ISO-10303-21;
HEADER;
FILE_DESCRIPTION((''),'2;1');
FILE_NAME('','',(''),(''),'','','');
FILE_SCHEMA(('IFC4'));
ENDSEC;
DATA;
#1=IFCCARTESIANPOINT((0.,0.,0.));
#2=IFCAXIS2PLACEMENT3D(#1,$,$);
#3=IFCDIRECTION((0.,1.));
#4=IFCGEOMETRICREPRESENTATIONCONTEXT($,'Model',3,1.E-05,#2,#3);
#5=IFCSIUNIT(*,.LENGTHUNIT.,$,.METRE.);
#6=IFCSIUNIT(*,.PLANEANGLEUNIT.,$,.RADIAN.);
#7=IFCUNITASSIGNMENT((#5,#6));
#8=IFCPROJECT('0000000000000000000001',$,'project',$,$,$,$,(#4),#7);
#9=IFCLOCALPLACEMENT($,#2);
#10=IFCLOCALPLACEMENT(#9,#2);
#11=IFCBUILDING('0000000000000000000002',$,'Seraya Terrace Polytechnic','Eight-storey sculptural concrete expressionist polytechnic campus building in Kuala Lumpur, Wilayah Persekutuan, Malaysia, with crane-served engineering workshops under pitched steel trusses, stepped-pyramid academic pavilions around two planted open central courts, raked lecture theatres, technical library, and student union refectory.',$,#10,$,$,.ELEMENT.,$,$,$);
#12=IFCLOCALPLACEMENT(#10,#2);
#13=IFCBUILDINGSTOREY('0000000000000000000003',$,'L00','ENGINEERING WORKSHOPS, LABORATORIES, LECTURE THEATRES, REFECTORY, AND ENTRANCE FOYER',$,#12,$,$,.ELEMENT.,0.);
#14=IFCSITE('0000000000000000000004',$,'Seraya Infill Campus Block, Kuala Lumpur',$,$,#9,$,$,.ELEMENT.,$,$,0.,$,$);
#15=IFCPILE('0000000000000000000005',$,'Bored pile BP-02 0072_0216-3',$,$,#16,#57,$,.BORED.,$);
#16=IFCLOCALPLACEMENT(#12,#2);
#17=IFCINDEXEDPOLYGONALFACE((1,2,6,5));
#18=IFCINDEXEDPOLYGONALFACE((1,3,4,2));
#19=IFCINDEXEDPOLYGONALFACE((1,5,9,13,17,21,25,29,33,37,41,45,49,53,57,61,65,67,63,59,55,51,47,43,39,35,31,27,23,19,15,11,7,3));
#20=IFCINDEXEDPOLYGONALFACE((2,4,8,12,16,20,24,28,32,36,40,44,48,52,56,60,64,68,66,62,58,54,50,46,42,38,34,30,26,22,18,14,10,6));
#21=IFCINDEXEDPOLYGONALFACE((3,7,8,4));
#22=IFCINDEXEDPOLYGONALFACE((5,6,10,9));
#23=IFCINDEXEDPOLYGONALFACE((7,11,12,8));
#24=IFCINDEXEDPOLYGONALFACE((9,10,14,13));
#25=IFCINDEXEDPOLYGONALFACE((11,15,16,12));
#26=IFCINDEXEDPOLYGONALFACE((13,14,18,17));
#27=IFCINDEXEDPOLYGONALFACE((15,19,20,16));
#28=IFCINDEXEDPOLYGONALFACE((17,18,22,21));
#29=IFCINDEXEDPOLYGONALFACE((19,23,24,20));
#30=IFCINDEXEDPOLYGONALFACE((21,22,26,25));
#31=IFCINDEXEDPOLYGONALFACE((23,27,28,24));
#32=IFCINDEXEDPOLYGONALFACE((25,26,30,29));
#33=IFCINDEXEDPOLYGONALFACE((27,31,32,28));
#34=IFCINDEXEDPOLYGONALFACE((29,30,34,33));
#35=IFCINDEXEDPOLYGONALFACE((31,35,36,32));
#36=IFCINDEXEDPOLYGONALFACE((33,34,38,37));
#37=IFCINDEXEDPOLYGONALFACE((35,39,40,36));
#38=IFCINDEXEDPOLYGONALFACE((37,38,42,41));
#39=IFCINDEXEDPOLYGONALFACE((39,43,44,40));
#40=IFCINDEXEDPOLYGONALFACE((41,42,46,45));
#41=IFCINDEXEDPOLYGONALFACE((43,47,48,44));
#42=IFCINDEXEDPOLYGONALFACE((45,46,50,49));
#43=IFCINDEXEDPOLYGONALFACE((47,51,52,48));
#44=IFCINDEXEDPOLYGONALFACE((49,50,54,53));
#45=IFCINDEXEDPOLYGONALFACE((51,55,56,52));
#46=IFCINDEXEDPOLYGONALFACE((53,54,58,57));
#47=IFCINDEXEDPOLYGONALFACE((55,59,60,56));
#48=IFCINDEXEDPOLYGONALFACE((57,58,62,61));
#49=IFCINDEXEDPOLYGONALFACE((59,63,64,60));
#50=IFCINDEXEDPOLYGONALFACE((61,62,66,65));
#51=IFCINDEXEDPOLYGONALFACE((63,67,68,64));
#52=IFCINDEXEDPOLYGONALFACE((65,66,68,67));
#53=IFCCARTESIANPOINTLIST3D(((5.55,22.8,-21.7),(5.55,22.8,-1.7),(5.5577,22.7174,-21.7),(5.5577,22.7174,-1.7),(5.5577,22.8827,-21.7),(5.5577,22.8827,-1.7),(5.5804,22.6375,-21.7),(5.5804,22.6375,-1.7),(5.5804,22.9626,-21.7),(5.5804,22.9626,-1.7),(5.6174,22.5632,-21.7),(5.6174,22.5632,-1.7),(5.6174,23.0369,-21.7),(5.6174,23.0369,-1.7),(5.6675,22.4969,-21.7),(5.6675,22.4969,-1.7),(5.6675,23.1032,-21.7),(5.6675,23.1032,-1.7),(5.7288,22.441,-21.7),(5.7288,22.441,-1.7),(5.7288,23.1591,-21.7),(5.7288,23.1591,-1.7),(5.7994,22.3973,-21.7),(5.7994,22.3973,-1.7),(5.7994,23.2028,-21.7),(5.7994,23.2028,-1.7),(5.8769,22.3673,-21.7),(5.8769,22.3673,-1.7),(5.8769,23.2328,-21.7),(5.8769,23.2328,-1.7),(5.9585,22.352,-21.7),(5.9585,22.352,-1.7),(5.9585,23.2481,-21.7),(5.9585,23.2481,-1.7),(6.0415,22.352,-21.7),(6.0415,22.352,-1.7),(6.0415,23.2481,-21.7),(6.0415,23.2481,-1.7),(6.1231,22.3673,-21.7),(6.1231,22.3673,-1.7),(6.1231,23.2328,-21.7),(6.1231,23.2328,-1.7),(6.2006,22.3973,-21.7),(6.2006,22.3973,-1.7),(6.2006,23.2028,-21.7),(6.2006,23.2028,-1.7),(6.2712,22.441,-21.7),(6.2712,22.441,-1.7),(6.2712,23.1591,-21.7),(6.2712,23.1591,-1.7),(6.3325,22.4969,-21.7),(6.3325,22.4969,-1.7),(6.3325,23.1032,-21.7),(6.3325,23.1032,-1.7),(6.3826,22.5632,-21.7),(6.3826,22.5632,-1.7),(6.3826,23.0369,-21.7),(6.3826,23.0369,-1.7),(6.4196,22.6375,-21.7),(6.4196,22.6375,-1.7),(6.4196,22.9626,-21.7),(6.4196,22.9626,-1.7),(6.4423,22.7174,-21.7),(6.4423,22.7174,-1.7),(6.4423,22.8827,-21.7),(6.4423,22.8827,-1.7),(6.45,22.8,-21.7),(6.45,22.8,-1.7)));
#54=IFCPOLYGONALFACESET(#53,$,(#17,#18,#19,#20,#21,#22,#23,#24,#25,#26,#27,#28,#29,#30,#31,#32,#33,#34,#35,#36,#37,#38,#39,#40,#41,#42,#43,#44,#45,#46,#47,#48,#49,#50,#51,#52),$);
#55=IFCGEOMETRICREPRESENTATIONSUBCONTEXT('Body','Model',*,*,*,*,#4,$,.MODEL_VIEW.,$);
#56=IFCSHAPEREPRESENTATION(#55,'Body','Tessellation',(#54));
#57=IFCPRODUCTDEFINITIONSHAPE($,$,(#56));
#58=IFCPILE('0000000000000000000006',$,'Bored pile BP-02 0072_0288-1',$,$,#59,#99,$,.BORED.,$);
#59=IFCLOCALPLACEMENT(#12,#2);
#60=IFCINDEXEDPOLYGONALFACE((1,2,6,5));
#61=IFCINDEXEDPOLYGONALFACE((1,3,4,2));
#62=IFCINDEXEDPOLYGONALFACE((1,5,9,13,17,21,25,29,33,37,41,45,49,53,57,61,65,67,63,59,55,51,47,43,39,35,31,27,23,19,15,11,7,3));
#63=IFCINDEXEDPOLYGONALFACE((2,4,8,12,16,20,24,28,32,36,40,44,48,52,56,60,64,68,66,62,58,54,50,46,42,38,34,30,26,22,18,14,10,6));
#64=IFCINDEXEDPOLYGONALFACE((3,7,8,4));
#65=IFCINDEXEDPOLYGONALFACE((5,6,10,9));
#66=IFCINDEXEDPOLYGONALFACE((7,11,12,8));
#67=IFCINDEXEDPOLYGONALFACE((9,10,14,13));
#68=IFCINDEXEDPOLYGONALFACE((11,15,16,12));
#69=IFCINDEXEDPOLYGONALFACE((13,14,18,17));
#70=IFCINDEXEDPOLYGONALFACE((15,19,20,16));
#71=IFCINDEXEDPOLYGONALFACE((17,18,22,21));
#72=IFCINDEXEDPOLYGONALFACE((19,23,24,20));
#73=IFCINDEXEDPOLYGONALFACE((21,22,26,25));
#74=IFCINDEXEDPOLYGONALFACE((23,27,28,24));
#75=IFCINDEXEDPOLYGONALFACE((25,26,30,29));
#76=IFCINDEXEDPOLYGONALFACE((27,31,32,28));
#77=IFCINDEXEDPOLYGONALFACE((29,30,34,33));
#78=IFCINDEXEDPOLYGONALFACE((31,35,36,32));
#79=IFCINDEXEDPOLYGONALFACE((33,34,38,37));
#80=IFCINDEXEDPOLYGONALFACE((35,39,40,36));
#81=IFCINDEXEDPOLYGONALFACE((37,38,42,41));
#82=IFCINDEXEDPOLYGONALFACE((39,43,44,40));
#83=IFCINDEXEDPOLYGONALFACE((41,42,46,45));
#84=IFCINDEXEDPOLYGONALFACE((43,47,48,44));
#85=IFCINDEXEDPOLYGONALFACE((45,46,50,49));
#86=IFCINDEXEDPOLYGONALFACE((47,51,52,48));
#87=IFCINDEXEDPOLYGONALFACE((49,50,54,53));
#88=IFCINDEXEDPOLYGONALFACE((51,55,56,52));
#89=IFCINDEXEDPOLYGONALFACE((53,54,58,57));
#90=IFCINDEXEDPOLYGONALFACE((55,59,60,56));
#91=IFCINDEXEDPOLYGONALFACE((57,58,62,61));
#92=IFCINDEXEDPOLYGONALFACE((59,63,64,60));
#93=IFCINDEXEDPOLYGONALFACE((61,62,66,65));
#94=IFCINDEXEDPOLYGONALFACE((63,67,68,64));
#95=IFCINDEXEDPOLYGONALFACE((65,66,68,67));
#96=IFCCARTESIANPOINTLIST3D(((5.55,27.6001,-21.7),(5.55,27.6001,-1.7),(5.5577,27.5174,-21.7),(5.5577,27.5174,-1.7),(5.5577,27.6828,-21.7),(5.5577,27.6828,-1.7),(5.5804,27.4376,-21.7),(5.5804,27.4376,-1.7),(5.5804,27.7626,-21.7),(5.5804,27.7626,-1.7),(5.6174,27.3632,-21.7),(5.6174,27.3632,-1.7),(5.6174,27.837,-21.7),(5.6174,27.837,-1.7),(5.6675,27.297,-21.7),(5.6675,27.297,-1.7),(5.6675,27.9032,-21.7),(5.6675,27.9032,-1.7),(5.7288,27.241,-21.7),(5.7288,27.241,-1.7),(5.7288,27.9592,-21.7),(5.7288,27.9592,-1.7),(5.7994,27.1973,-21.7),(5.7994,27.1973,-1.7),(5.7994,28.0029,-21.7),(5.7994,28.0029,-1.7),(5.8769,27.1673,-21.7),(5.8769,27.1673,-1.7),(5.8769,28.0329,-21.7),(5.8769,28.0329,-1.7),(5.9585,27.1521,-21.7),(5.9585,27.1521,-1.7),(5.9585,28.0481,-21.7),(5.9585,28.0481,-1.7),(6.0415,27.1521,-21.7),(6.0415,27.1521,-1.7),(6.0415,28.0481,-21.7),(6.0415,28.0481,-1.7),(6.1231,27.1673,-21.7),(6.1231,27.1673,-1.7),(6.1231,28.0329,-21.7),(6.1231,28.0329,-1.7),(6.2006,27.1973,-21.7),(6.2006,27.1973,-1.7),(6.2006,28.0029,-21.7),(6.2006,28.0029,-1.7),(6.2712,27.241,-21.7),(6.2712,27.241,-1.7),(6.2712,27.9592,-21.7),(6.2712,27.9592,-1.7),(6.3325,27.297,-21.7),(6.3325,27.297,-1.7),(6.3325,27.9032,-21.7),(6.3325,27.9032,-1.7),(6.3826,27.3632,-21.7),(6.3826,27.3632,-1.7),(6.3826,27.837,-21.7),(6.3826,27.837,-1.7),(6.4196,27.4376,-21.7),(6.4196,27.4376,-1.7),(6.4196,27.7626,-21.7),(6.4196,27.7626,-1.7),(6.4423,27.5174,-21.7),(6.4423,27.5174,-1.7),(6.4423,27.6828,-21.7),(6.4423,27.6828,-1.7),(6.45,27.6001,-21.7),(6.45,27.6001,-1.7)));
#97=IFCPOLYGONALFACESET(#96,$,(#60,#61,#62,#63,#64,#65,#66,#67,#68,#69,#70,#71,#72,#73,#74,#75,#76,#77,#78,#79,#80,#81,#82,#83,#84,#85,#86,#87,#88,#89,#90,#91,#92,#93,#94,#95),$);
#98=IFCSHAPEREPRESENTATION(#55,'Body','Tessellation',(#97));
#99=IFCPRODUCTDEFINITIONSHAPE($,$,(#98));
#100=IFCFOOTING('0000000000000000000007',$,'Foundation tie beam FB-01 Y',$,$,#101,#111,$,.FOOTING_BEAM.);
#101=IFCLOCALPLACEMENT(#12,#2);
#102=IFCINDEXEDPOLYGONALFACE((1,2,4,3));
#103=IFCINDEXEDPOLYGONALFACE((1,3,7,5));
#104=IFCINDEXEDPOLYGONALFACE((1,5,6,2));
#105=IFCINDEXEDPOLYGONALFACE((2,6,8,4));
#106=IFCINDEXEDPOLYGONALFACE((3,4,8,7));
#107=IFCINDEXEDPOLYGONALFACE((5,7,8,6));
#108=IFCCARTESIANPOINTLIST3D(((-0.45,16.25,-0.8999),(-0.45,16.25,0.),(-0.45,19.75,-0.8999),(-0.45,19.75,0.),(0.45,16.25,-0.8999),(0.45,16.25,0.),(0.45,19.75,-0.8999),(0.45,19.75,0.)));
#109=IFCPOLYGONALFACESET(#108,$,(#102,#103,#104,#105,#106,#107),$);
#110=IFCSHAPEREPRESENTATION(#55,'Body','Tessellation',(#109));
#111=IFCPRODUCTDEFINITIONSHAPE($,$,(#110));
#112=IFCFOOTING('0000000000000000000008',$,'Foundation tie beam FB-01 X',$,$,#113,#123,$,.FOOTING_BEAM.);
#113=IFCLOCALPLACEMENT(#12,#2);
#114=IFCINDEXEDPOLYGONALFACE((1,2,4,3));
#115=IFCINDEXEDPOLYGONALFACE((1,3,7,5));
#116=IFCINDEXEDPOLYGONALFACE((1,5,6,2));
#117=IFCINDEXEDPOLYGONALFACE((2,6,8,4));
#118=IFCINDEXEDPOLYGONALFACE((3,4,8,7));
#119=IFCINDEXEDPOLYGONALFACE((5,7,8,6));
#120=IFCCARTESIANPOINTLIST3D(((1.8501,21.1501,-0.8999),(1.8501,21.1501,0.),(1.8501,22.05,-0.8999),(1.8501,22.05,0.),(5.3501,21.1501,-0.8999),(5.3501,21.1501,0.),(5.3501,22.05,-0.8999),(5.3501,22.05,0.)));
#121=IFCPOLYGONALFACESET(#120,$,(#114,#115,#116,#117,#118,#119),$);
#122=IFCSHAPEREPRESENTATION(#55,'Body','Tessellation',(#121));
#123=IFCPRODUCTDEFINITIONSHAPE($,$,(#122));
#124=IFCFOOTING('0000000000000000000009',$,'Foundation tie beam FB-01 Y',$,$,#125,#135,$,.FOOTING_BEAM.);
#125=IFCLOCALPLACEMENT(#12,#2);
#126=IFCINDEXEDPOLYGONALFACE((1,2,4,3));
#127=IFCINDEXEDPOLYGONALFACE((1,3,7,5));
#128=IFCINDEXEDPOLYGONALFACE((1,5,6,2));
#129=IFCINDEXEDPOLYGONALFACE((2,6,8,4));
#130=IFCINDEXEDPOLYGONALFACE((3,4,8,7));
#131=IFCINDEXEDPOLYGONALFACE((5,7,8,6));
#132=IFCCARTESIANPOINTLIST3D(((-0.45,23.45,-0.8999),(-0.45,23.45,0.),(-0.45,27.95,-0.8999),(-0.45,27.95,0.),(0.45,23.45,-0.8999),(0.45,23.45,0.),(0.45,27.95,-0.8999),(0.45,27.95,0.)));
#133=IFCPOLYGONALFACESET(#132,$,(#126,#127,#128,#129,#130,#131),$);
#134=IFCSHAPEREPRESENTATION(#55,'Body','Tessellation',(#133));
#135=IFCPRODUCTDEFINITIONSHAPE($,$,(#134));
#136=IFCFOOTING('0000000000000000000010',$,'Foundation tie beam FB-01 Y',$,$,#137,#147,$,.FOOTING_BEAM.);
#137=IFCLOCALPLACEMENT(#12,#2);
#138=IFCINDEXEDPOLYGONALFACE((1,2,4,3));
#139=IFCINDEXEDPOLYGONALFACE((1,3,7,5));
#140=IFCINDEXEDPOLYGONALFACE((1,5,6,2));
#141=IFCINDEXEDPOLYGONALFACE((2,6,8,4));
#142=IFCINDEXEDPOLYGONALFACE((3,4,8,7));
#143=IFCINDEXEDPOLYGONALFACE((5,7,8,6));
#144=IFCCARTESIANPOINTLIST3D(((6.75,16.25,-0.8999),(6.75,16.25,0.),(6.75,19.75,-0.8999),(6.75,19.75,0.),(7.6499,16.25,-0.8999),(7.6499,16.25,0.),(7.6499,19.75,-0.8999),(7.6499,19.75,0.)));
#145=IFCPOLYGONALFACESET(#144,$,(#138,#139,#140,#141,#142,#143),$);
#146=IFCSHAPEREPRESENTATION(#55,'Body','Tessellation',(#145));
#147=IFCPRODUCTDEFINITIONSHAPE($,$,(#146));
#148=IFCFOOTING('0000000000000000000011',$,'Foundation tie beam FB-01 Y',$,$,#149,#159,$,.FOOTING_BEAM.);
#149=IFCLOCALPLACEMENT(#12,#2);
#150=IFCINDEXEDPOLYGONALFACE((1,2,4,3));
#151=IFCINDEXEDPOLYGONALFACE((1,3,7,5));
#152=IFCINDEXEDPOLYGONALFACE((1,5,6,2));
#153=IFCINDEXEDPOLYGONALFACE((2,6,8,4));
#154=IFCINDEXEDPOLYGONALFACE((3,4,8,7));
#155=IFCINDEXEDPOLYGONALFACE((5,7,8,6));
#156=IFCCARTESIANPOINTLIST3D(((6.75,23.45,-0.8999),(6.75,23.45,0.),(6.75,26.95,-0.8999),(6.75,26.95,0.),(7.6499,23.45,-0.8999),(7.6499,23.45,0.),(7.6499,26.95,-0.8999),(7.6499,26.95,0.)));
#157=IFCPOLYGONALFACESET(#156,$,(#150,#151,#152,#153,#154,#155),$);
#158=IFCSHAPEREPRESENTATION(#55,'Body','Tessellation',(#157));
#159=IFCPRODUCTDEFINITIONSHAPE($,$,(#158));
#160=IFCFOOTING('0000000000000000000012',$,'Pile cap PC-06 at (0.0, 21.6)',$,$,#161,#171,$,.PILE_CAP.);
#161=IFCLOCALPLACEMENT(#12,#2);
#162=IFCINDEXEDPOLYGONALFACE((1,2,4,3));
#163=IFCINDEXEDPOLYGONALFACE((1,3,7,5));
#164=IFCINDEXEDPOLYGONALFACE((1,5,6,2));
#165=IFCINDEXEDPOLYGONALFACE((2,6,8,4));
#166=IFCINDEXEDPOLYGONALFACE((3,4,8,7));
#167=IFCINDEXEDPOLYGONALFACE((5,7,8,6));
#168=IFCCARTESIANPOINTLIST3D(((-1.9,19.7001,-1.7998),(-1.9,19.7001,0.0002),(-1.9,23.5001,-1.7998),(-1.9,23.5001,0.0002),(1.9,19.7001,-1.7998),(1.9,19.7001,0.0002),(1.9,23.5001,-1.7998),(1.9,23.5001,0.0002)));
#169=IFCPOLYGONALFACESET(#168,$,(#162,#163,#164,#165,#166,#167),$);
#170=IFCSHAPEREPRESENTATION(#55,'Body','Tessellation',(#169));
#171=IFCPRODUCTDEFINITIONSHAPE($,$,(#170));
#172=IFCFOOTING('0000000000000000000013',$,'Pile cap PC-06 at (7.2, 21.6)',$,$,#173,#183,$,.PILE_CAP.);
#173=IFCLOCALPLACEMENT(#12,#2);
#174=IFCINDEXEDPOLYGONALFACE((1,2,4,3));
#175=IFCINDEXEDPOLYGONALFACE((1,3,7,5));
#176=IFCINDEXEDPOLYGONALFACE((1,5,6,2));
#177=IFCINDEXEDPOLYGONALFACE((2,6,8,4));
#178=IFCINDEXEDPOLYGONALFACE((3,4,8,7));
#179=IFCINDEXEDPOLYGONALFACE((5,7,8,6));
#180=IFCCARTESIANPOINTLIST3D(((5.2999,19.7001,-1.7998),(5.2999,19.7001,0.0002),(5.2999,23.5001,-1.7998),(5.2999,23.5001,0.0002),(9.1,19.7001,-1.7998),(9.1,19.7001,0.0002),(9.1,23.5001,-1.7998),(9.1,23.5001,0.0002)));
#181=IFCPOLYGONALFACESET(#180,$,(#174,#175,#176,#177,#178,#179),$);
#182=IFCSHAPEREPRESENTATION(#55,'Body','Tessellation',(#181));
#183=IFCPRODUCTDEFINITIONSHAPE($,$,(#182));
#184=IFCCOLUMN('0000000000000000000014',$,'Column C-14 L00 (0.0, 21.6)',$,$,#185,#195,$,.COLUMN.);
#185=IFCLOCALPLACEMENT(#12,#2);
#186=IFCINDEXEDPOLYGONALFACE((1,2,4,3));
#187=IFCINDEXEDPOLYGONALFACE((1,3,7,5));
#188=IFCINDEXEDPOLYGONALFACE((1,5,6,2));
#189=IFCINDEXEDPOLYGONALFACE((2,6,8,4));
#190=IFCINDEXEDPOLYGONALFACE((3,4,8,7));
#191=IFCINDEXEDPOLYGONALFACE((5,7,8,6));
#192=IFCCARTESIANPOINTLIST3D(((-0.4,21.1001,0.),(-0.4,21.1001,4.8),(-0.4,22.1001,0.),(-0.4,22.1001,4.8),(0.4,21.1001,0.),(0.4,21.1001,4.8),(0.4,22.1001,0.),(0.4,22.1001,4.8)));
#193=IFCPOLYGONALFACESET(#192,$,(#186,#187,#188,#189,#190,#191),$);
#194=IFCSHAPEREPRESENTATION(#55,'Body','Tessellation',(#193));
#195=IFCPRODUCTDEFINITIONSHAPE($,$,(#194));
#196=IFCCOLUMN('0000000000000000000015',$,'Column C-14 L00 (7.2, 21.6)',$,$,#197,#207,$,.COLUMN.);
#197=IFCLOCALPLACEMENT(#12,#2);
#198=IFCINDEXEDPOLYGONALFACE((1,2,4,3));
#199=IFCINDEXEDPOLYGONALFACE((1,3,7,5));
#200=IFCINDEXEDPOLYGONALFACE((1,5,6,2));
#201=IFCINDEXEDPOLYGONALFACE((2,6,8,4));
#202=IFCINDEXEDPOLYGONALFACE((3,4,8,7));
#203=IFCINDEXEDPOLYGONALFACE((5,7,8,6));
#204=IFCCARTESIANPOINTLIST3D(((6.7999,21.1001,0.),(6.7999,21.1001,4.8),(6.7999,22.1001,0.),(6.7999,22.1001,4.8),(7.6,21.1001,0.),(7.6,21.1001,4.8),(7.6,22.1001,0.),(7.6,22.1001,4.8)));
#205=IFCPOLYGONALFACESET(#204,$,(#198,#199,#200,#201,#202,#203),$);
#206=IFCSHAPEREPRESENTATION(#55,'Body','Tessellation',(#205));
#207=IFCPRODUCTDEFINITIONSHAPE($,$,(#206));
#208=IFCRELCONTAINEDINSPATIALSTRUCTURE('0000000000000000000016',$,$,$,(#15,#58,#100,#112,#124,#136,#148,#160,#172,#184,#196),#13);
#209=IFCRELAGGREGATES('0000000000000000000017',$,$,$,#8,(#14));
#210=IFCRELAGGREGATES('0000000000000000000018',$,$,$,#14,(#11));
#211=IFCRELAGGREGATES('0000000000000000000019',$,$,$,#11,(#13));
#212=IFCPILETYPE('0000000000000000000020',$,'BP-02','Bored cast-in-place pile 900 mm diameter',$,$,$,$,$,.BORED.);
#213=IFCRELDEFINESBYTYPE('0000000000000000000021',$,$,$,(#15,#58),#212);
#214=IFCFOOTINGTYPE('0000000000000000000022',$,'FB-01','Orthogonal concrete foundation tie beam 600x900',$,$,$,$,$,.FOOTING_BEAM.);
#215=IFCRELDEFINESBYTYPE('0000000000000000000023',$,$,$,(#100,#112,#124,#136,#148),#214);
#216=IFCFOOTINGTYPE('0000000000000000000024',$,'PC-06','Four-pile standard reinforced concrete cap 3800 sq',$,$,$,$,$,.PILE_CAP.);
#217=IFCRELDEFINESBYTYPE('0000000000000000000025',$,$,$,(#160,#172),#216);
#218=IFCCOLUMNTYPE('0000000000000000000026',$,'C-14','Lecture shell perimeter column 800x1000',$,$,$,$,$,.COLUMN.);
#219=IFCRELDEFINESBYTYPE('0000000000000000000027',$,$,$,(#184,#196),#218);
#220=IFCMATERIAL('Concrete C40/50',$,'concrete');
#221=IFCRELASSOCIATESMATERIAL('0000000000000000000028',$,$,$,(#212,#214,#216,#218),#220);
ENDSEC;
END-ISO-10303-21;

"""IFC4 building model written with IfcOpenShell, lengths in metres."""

from ifc_helpers import new_model, si_unit, direction, frame, origin, origin_2d, place, context, subcontext, project, spatial, rectangle, circle, extrude, material, material_profile, profile_set, type_object, element, save


model = new_model("IFC4")

# Units and contexts
model_context = context("Model", 3, precision=1e-05, world=origin(), true_north=direction((0.0, 1.0)))
body_context = subcontext(model_context, "Body", "Model", "MODEL_VIEW")
ifc_project = project(units=[si_unit("LENGTHUNIT", "METRE"), si_unit("PLANEANGLEUNIT", "RADIAN")], contexts=[model_context])

# Site, building, storey
site_placement = place(None, origin())
site = spatial("IfcSite", under=ifc_project, at=site_placement, Name="Seraya Infill Campus Block, Kuala Lumpur", CompositionType="ELEMENT", RefElevation=0.0)
building_placement = place(site_placement, origin())
building = spatial("IfcBuilding", under=site, at=building_placement, Name="Seraya Terrace Polytechnic", Description="Eight-storey sculptural concrete expressionist polytechnic campus building in Kuala Lumpur, Wilayah Persekutuan, Malaysia, with crane-served engineering workshops under pitched steel trusses, stepped-pyramid academic pavilions around two planted open central courts, raked lecture theatres, technical library, and student union refectory.", CompositionType="ELEMENT")
storey_placement = place(building_placement, origin())
storey = spatial("IfcBuildingStorey", under=building, at=storey_placement, Name="L00", Description="ENGINEERING WORKSHOPS, LABORATORIES, LECTURE THEATRES, REFECTORY, AND ENTRANCE FOYER", CompositionType="ELEMENT", Elevation=0.0)

# Piles
ifc_material_1 = material(Name="Concrete C40/50", Category="concrete")
ifc_material_profile_1 = material_profile(ifc_material_1, circle(Radius=0.45, at=origin_2d()), Name="DIA 900")
ifc_profile_set_1 = profile_set([ifc_material_profile_1], Name="Concrete C40/50")
pile_type = type_object("IfcPileType", Name="BP-02", Description="Bored cast-in-place pile 900 mm diameter", PredefinedType="BORED", material=ifc_profile_set_1)
for number, where, z_axis, x_axis, name in (
    (1, (6.0, 22.8, -1.7), (0.0, 0.0, -1.0), (1.0, 0.0, 0.0), "Bored pile BP-02 0072_0216-3"),
    (2, (6.0, 27.6001, -1.7), (0.0, 0.0, -1.0), (1.0, 0.0, 0.0), "Bored pile BP-02 0072_0288-1"),
):
    element("IfcPile", number, at=place(storey_placement, frame(where, z_axis=z_axis, x_axis=x_axis)), inside=storey, type_object=pile_type, Name=name, PredefinedType="BORED", context=body_context, shape_type="SweptSolid", body=[
        extrude(circle(Radius=0.45, at=origin_2d()), origin(), (0.0, 0.0, 1.0), 20.0),
    ])

# Footings
footing_type_1 = type_object("IfcFootingType", Name="FB-01", Description="Orthogonal concrete foundation tie beam 600x900", PredefinedType="FOOTING_BEAM", material=ifc_material_1)
for number, where, z_axis, x_axis, name in (
    (3, (0.0, 18.0, -0.8999), (0.0, 0.0, 1.0), (0.0, 1.0, 0.0), "Foundation tie beam FB-01 Y"),
    (4, (3.6001, 21.6001, -0.8999), (0.0, 0.0, 1.0), (1.0, 0.0, 0.0), "Foundation tie beam FB-01 X"),
):
    element("IfcFooting", number, at=place(storey_placement, frame(where, z_axis=z_axis, x_axis=x_axis)), inside=storey, type_object=footing_type_1, Name=name, PredefinedType="FOOTING_BEAM", context=body_context, shape_type="SweptSolid", body=[
        extrude(rectangle(XDim=3.5, YDim=0.8999, at=origin_2d()), origin(), (0.0, 0.0, 1.0), 0.8999),
    ])
footing_placement = place(storey_placement, frame((0.0, 25.7, -0.8999), z_axis=(0.0, 0.0, 1.0), x_axis=(0.0, 1.0, 0.0)))
element("IfcFooting", 5, at=footing_placement, inside=storey, type_object=footing_type_1, Name="Foundation tie beam FB-01 Y", PredefinedType="FOOTING_BEAM", context=body_context, shape_type="SweptSolid", body=[
    extrude(rectangle(XDim=4.5, YDim=0.8999, at=origin_2d()), origin(), (0.0, 0.0, 1.0), 0.8999),
])
for number, where, z_axis, x_axis, name in (
    (6, (7.2, 18.0, -0.8999), (0.0, 0.0, 1.0), (0.0, 1.0, 0.0), "Foundation tie beam FB-01 Y"),
    (7, (7.2, 25.2, -0.8999), (0.0, 0.0, 1.0), (0.0, 1.0, 0.0), "Foundation tie beam FB-01 Y"),
):
    element("IfcFooting", number, at=place(storey_placement, frame(where, z_axis=z_axis, x_axis=x_axis)), inside=storey, type_object=footing_type_1, Name=name, PredefinedType="FOOTING_BEAM", context=body_context, shape_type="SweptSolid", body=[
        extrude(rectangle(XDim=3.5, YDim=0.8999, at=origin_2d()), origin(), (0.0, 0.0, 1.0), 0.8999),
    ])
footing_type_2 = type_object("IfcFootingType", Name="PC-06", Description="Four-pile standard reinforced concrete cap 3800 sq", PredefinedType="PILE_CAP", material=ifc_material_1)
for number, where, z_axis, x_axis, name in (
    (8, (0.0, 21.6001, -1.7998), (0.0, 0.0, 1.0), (1.0, 0.0, 0.0), "Pile cap PC-06 at (0.0, 21.6)"),
    (9, (7.2, 21.6001, -1.7998), (0.0, 0.0, 1.0), (1.0, 0.0, 0.0), "Pile cap PC-06 at (7.2, 21.6)"),
):
    element("IfcFooting", number, at=place(storey_placement, frame(where, z_axis=z_axis, x_axis=x_axis)), inside=storey, type_object=footing_type_2, Name=name, PredefinedType="PILE_CAP", context=body_context, shape_type="SweptSolid", body=[
        extrude(rectangle(XDim=3.8, YDim=3.8, at=origin_2d()), origin(), (0.0, 0.0, 1.0), 1.8),
    ])

# Columns
ifc_material_profile_2 = material_profile(ifc_material_1, rectangle(XDim=0.8, YDim=1.0, at=origin_2d()), Name="RC 800x1000")
ifc_profile_set_2 = profile_set([ifc_material_profile_2], Name="Concrete C40/50")
column_type = type_object("IfcColumnType", Name="C-14", Description="Lecture shell perimeter column 800x1000", PredefinedType="COLUMN", material=ifc_profile_set_2)
for number, where, z_axis, x_axis, name in (
    (10, (0.0, 21.6001, 0.0), (0.0, 0.0, 1.0), (1.0, 0.0, 0.0), "Column C-14 L00 (0.0, 21.6)"),
    (11, (7.2, 21.6001, 0.0), (0.0, 0.0, 1.0), (1.0, 0.0, 0.0), "Column C-14 L00 (7.2, 21.6)"),
):
    element("IfcColumn", number, at=place(storey_placement, frame(where, z_axis=z_axis, x_axis=x_axis)), inside=storey, type_object=column_type, Name=name, PredefinedType="COLUMN", context=body_context, shape_type="SweptSolid", body=[
        extrude(rectangle(XDim=0.8, YDim=1.0, at=origin_2d()), origin(), (0.0, 0.0, 1.0), 4.8),
    ])

save(model, "model.ifc")
